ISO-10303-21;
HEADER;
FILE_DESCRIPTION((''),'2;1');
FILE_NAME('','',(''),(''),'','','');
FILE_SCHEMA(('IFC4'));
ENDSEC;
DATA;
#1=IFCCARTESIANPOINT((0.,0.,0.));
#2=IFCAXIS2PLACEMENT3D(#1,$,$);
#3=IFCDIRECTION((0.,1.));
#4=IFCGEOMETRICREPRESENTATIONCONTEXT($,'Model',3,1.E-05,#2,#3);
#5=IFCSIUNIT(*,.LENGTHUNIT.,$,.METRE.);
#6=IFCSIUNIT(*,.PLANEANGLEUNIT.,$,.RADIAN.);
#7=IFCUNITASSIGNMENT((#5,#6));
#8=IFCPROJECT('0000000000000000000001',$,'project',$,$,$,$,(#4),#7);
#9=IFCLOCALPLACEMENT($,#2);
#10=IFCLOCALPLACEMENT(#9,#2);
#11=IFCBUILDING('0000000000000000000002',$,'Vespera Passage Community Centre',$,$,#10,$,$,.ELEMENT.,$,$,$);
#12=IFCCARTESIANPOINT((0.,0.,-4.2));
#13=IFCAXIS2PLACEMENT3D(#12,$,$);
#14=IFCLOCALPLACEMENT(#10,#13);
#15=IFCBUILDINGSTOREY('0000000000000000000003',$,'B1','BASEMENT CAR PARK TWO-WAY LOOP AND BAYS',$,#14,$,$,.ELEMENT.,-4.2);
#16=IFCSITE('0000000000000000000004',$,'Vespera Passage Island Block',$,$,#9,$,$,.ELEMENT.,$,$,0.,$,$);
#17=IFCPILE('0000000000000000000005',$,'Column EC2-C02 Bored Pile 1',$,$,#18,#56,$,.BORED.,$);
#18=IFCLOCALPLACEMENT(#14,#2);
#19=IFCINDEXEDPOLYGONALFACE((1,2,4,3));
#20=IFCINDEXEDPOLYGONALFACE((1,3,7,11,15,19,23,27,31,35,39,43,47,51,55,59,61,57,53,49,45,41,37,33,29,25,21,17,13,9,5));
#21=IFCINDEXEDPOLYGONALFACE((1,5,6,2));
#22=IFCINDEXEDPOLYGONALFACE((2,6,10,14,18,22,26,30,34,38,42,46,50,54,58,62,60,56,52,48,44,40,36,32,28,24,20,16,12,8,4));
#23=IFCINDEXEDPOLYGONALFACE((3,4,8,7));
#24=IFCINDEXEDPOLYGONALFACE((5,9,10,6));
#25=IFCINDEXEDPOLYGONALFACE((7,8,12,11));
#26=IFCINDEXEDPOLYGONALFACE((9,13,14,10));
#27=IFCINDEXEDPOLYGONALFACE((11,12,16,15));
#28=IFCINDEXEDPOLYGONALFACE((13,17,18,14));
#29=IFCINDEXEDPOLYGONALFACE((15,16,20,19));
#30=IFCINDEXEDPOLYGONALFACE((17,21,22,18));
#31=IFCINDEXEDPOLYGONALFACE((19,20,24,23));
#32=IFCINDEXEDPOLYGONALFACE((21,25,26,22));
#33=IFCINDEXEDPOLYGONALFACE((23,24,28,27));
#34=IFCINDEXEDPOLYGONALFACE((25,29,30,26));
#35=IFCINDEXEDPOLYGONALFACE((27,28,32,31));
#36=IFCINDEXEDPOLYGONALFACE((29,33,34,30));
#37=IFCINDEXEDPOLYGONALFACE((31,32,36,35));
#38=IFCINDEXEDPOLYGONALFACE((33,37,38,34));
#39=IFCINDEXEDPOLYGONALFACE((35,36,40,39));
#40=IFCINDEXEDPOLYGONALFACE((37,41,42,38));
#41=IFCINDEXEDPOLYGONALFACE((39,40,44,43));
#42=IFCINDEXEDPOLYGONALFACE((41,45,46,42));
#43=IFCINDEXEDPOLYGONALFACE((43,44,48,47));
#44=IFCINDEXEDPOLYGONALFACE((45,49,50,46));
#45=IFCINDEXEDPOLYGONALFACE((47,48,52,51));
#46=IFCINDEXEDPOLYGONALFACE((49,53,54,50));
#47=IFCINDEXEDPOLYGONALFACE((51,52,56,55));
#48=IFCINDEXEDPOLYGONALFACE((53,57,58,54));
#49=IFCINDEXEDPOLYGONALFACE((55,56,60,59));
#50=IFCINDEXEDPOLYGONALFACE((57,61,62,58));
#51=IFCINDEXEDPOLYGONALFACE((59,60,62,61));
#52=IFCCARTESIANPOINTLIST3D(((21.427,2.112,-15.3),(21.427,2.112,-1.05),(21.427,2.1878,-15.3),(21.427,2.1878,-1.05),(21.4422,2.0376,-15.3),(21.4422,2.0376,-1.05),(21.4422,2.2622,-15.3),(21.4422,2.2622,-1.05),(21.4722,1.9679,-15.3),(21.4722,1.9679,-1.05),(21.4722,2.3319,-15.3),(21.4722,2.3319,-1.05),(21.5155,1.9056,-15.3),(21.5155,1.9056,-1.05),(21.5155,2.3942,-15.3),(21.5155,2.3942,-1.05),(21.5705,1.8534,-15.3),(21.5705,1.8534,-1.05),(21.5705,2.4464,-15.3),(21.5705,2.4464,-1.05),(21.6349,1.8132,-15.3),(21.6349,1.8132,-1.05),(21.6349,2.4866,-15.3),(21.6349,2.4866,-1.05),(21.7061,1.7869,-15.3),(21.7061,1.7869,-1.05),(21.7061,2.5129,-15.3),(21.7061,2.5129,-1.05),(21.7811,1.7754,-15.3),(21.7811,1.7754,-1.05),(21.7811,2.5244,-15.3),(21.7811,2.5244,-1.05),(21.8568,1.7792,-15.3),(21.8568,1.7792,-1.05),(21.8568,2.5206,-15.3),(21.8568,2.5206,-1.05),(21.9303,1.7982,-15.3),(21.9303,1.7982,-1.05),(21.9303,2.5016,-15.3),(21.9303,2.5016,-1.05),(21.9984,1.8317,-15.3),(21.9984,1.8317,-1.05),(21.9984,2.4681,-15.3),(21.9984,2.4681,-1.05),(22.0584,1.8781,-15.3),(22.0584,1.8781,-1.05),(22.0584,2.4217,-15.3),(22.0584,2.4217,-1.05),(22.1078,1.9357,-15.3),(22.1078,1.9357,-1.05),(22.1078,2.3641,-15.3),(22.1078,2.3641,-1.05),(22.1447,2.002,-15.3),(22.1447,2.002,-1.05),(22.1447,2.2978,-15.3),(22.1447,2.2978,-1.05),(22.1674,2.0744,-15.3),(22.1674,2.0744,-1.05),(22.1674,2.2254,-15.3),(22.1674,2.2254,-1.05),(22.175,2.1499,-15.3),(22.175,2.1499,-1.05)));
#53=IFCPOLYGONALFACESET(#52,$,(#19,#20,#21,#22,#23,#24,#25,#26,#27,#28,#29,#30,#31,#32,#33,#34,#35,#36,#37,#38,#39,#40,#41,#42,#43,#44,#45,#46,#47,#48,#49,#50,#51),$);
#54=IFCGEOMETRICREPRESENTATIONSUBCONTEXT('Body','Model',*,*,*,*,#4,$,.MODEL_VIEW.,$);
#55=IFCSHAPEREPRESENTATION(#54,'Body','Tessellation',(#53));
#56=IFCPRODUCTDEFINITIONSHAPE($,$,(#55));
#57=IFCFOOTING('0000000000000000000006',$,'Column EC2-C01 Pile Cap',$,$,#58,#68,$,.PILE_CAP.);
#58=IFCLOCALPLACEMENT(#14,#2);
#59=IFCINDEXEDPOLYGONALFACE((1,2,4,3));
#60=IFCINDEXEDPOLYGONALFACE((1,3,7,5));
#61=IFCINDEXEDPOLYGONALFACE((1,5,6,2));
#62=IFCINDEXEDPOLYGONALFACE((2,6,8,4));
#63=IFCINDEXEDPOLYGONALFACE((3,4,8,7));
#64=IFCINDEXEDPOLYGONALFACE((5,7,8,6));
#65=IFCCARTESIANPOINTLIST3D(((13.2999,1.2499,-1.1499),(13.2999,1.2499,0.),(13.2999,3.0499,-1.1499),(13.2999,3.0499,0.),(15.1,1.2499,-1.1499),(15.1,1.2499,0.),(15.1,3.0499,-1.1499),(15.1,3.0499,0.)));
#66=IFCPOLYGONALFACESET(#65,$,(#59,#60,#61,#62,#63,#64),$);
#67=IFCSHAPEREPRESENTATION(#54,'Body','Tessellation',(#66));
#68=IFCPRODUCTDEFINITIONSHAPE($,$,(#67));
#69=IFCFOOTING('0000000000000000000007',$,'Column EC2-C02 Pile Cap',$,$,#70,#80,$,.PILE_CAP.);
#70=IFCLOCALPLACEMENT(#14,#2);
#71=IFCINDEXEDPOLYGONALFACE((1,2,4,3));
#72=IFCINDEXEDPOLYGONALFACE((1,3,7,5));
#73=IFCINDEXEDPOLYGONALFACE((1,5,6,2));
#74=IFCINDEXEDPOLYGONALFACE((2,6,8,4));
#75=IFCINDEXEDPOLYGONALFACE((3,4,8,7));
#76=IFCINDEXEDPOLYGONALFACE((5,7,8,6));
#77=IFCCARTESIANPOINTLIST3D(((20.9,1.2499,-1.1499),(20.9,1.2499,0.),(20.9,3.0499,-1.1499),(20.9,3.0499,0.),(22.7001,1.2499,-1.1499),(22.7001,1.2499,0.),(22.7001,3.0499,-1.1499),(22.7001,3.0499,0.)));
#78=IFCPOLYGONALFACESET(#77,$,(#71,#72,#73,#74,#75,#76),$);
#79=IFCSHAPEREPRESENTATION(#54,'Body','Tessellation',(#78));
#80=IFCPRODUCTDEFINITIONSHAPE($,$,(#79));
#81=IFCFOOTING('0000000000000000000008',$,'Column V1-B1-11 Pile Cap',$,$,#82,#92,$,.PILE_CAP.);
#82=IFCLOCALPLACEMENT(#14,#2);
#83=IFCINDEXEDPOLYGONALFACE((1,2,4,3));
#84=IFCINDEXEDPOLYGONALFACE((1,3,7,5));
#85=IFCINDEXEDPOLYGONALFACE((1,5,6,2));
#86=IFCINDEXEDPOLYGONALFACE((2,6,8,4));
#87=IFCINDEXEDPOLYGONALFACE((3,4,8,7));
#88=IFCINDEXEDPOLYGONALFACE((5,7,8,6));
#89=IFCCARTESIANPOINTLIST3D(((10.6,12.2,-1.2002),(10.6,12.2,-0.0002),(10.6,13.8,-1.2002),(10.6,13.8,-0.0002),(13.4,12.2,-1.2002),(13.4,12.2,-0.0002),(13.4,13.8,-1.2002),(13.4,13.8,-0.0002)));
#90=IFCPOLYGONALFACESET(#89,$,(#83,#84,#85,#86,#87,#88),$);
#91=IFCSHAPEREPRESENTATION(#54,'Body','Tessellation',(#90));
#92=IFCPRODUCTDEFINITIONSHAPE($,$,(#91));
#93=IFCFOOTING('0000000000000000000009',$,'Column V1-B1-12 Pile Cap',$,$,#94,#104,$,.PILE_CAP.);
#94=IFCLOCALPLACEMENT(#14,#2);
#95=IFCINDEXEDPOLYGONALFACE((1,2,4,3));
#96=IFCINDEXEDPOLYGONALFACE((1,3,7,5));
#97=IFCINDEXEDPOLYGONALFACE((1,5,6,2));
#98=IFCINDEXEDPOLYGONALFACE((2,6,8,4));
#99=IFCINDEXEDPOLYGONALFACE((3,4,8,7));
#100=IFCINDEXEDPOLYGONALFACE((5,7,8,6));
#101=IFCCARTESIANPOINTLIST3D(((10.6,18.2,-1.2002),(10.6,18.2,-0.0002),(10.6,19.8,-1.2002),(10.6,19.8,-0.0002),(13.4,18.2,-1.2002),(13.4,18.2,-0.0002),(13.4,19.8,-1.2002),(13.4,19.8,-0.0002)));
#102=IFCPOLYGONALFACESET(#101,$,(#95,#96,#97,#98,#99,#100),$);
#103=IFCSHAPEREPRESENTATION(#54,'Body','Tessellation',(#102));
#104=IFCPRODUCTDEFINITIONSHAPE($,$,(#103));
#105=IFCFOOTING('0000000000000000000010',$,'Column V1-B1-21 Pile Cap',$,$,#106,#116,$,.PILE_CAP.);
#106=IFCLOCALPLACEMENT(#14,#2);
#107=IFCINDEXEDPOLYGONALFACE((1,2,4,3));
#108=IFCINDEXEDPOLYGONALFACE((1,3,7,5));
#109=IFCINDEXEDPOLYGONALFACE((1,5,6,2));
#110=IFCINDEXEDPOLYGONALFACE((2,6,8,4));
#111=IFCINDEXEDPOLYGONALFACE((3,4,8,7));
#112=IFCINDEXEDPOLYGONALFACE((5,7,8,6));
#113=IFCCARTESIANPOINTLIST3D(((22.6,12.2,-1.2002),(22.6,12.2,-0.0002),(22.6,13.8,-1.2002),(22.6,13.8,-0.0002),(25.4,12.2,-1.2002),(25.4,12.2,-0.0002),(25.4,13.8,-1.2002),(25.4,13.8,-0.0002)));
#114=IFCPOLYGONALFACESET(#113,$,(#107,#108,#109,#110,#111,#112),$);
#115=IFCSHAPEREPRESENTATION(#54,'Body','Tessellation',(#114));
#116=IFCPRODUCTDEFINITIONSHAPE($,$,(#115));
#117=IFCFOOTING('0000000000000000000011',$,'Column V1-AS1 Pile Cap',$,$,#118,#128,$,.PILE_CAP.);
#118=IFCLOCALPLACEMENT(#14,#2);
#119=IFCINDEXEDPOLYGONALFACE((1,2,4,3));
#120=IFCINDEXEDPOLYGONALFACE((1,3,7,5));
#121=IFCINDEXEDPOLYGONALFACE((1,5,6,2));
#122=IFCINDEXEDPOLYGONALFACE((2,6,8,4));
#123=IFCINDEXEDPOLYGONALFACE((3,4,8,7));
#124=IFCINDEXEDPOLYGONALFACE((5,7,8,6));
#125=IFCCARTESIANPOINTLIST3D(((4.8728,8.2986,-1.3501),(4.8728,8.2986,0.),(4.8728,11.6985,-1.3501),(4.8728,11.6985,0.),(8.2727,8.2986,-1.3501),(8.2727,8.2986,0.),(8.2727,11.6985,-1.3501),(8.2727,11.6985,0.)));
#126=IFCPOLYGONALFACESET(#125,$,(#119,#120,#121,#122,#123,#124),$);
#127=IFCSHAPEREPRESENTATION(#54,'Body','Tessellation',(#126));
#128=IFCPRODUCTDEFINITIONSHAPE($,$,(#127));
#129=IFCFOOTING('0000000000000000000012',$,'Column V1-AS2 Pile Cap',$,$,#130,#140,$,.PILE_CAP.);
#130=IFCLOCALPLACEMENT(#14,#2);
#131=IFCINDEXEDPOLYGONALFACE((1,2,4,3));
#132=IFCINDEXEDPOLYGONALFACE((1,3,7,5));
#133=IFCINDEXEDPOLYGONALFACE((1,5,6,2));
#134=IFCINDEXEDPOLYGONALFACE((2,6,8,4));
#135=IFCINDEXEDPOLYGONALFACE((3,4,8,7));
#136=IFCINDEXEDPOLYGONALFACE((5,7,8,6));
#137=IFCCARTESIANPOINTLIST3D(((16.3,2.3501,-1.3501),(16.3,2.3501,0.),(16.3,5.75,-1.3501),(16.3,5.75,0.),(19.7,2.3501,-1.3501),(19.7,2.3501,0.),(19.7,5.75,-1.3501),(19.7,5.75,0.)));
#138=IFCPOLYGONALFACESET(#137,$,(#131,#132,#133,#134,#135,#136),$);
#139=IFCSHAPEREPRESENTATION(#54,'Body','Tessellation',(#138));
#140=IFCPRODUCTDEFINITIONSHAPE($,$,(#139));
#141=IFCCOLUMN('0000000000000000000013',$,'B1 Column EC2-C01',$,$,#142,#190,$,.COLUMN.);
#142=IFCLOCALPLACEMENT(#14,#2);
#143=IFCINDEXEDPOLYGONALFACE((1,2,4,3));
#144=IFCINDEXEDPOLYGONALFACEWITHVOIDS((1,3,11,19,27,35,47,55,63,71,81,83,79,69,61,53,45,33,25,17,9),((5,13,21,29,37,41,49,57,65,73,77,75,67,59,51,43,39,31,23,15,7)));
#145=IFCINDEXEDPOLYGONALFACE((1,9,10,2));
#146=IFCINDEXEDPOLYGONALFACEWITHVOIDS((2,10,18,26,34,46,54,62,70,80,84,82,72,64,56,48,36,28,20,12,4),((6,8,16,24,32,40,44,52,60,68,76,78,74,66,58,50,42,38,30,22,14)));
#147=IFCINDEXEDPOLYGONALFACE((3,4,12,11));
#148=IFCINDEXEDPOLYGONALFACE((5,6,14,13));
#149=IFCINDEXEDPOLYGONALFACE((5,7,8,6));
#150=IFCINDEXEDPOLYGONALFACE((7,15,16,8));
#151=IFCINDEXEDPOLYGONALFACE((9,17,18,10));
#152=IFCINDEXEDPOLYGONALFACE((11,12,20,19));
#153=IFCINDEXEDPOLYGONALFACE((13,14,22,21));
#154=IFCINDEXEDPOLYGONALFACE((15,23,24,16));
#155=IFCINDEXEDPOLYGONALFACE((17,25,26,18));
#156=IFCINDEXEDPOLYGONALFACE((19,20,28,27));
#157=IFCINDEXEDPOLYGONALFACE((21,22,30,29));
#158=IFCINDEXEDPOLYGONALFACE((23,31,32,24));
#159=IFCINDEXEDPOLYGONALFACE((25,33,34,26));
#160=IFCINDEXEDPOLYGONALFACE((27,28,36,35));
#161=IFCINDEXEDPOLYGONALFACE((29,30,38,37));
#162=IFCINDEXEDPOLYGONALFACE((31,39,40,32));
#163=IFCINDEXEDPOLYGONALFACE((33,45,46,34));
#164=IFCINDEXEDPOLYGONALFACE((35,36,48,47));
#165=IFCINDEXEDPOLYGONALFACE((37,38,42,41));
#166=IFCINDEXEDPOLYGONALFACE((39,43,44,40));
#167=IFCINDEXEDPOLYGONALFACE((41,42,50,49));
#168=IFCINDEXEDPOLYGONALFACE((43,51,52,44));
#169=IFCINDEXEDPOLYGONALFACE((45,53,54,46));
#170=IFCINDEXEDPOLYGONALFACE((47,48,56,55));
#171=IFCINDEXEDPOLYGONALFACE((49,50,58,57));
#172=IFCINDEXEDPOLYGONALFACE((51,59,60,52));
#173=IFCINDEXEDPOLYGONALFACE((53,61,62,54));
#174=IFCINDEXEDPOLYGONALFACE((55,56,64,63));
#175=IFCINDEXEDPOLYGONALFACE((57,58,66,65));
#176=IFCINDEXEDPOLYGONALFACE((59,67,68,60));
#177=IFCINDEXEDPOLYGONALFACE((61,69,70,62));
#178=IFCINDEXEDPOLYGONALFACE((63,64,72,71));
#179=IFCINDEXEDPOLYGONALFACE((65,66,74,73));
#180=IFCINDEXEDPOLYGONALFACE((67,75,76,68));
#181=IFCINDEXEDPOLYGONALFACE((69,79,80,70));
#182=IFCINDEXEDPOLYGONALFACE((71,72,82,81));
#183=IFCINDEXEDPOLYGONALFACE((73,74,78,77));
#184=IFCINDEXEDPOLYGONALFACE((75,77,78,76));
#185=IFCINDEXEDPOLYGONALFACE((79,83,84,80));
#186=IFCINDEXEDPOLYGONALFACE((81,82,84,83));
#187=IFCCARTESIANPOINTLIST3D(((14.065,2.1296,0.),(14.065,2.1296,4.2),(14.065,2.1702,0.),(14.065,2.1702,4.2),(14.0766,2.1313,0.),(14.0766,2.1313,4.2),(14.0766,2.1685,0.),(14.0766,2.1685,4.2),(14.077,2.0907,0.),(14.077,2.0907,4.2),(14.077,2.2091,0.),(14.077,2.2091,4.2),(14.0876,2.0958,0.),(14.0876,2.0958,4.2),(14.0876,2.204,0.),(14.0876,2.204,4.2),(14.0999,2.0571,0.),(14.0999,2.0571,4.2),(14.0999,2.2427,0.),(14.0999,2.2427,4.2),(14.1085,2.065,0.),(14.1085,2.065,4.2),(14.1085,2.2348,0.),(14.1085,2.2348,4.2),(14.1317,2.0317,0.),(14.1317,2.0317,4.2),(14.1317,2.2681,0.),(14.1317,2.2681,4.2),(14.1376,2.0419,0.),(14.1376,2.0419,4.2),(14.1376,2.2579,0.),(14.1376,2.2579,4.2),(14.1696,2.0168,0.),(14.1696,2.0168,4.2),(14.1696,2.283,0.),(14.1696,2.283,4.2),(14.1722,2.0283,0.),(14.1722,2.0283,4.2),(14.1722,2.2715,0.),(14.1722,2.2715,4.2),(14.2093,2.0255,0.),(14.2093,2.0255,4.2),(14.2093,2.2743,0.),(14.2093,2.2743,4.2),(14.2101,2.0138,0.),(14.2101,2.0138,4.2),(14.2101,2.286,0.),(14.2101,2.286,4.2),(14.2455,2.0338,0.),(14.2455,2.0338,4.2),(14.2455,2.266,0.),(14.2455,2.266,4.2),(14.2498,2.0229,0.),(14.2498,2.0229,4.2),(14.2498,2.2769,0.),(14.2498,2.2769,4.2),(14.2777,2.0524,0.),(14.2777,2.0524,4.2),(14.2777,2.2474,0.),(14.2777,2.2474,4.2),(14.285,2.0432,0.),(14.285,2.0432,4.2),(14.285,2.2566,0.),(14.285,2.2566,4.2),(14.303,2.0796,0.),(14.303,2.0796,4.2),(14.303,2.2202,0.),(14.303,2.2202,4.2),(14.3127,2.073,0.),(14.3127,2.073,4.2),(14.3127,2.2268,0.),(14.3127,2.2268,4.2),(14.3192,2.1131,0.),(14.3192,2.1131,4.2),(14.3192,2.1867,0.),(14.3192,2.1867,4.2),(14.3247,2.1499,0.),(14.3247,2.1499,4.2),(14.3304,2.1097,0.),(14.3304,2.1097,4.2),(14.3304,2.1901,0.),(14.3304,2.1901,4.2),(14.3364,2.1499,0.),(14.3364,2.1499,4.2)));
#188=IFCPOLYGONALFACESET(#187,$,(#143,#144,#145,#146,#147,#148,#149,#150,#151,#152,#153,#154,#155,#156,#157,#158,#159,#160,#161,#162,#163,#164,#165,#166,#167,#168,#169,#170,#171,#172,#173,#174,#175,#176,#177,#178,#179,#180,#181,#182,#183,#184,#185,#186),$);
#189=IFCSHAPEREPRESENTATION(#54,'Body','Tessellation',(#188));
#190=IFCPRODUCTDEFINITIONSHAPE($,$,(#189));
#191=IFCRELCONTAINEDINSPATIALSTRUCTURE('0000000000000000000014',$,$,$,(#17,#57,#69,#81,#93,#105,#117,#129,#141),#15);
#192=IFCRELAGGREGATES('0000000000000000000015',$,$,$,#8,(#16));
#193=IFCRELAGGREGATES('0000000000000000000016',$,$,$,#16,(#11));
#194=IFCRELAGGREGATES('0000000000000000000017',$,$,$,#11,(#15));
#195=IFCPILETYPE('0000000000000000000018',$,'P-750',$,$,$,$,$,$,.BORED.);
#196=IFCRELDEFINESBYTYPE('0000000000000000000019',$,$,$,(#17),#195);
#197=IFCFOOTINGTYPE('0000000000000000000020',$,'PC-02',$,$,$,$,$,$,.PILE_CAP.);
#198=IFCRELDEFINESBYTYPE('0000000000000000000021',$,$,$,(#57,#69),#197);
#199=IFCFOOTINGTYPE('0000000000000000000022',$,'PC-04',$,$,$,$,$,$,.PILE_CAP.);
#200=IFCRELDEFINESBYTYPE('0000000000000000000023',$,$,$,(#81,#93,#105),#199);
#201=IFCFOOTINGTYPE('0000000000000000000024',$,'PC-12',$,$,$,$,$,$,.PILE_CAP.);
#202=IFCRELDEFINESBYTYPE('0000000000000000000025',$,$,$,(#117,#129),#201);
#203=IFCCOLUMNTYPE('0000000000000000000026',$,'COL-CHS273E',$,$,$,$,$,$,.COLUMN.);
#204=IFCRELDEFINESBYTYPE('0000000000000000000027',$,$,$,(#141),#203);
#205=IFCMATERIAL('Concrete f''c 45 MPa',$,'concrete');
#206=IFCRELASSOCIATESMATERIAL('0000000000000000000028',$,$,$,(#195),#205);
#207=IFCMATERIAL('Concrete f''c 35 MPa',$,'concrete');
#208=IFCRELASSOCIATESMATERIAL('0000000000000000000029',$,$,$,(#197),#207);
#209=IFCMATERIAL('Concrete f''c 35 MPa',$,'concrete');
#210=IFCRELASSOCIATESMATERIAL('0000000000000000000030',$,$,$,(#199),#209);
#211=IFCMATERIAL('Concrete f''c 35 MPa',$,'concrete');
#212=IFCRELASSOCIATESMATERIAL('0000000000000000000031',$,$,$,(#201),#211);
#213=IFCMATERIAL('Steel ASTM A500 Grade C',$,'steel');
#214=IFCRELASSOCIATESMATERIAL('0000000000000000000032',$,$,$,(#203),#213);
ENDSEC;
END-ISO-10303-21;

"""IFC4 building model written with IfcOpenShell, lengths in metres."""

from ifc_helpers import new_model, si_unit, direction, frame, origin, origin_2d, place, context, subcontext, project, spatial, rectangle, circle, hollow_circle, extrude, material, material_profile, profile_set, type_object, element, save


model = new_model("IFC4")

# Units and contexts
model_context = context("Model", 3, precision=1e-05, world=origin(), true_north=direction((0.0, 1.0)))
body_context = subcontext(model_context, "Body", "Model", "MODEL_VIEW")
ifc_project = project(units=[si_unit("LENGTHUNIT", "METRE"), si_unit("PLANEANGLEUNIT", "RADIAN")], contexts=[model_context])

# Site, building, storey
site_placement = place(None, origin())
site = spatial("IfcSite", under=ifc_project, at=site_placement, Name="Vespera Passage Island Block", CompositionType="ELEMENT", RefElevation=0.0)
building_placement = place(site_placement, origin())
building = spatial("IfcBuilding", under=site, at=building_placement, Name="Vespera Passage Community Centre", CompositionType="ELEMENT")
storey_placement = place(building_placement, frame((0.0, 0.0, -4.2)))
storey = spatial("IfcBuildingStorey", under=building, at=storey_placement, Name="B1", Description="BASEMENT CAR PARK TWO-WAY LOOP AND BAYS", CompositionType="ELEMENT", Elevation=-4.2)

# Pile
ifc_material_1 = material(Name="Concrete f'c 45 MPa", Category="concrete")
ifc_material_profile_1 = material_profile(ifc_material_1, circle(Radius=0.375, at=origin_2d()), Name="PILE750DIA")
ifc_profile_set_1 = profile_set([ifc_material_profile_1], Name="Concrete f'c 45 MPa")
pile_type_1 = type_object("IfcPileType", Name="P-750", PredefinedType="BORED", material=ifc_profile_set_1)
for number, where, z_axis, x_axis, name in (
    (1, (21.8, 2.1499, -1.05), (0.0, 0.0, -1.0), (1.0, 0.0, 0.0), "Column EC2-C02 Bored Pile 1"),
):
    element("IfcPile", number, at=place(storey_placement, frame(where, z_axis=z_axis, x_axis=x_axis)), inside=storey, type_object=pile_type_1, Name=name, PredefinedType="BORED", context=body_context, shape_type="SweptSolid", body=[
        extrude(circle(Radius=0.375, at=origin_2d()), origin(), (0.0, 0.0, 1.0), 14.25),
    ])

# Footings
ifc_material_2 = material(Name="Concrete f'c 35 MPa", Category="concrete")
footing_type_1 = type_object("IfcFootingType", Name="PC-02", PredefinedType="PILE_CAP", material=ifc_material_2)
for number, where, z_axis, x_axis, name in (
    (2, (14.2, 2.1499, -1.1499), (0.0, 0.0, 1.0), (1.0, 0.0, 0.0), "Column EC2-C01 Pile Cap"),
    (3, (21.8, 2.1499, -1.1499), (0.0, 0.0, 1.0), (1.0, 0.0, 0.0), "Column EC2-C02 Pile Cap"),
):
    element("IfcFooting", number, at=place(storey_placement, frame(where, z_axis=z_axis, x_axis=x_axis)), inside=storey, type_object=footing_type_1, Name=name, PredefinedType="PILE_CAP", context=body_context, shape_type="SweptSolid", body=[
        extrude(rectangle(XDim=1.8, YDim=1.8, at=origin_2d()), origin(), (0.0, 0.0, 1.0), 1.1499),
    ])
ifc_material_3 = material(Name="Concrete f'c 35 MPa", Category="concrete")
footing_type_2 = type_object("IfcFootingType", Name="PC-04", PredefinedType="PILE_CAP", material=ifc_material_3)
for number, where, z_axis, x_axis, name in (
    (4, (12.0, 13.0, -1.2002), (0.0, 0.0, 1.0), (1.0, 0.0, 0.0), "Column V1-B1-11 Pile Cap"),
    (5, (12.0, 19.0, -1.2002), (0.0, 0.0, 1.0), (1.0, 0.0, 0.0), "Column V1-B1-12 Pile Cap"),
    (6, (24.0, 13.0, -1.2002), (0.0, 0.0, 1.0), (1.0, 0.0, 0.0), "Column V1-B1-21 Pile Cap"),
):
    element("IfcFooting", number, at=place(storey_placement, frame(where, z_axis=z_axis, x_axis=x_axis)), inside=storey, type_object=footing_type_2, Name=name, PredefinedType="PILE_CAP", context=body_context, shape_type="SweptSolid", body=[
        extrude(rectangle(XDim=2.8, YDim=1.6001, at=origin_2d()), origin(), (0.0, 0.0, 1.0), 1.2),
    ])
ifc_material_4 = material(Name="Concrete f'c 35 MPa", Category="concrete")
footing_type_3 = type_object("IfcFootingType", Name="PC-12", PredefinedType="PILE_CAP", material=ifc_material_4)
for number, where, z_axis, x_axis, name in (
    (7, (6.5728, 9.9985, -1.3501), (0.0, 0.0, 1.0), (1.0, 0.0, 0.0), "Column V1-AS1 Pile Cap"),
    (8, (18.0, 4.05, -1.3501), (0.0, 0.0, 1.0), (1.0, 0.0, 0.0), "Column V1-AS2 Pile Cap"),
):
    element("IfcFooting", number, at=place(storey_placement, frame(where, z_axis=z_axis, x_axis=x_axis)), inside=storey, type_object=footing_type_3, Name=name, PredefinedType="PILE_CAP", context=body_context, shape_type="SweptSolid", body=[
        extrude(rectangle(XDim=3.3999, YDim=3.3999, at=origin_2d()), origin(), (0.0, 0.0, 1.0), 1.3501),
    ])

# Column
ifc_material_5 = material(Name="Steel ASTM A500 Grade C", Category="steel")
ifc_material_profile_2 = material_profile(ifc_material_5, hollow_circle(Radius=0.1365, WallThickness=0.0117, at=origin_2d()), Name="CHS273X12.7")
ifc_profile_set_2 = profile_set([ifc_material_profile_2], Name="Steel ASTM A500 Grade C")
column_type_1 = type_object("IfcColumnType", Name="COL-CHS273E", PredefinedType="COLUMN", material=ifc_profile_set_2)
for number, where, z_axis, x_axis, name in (
    (9, (14.2, 2.1499, 0.0), (0.0, 0.0, 1.0), (1.0, 0.0, 0.0), "B1 Column EC2-C01"),
):
    element("IfcColumn", number, at=place(storey_placement, frame(where, z_axis=z_axis, x_axis=x_axis)), inside=storey, type_object=column_type_1, Name=name, PredefinedType="COLUMN", context=body_context, shape_type="SweptSolid", body=[
        extrude(hollow_circle(Radius=0.1365, WallThickness=0.0117, at=origin_2d()), origin(), (0.0, 0.0, 1.0), 4.2),
    ])

save(model, "model.ifc")
